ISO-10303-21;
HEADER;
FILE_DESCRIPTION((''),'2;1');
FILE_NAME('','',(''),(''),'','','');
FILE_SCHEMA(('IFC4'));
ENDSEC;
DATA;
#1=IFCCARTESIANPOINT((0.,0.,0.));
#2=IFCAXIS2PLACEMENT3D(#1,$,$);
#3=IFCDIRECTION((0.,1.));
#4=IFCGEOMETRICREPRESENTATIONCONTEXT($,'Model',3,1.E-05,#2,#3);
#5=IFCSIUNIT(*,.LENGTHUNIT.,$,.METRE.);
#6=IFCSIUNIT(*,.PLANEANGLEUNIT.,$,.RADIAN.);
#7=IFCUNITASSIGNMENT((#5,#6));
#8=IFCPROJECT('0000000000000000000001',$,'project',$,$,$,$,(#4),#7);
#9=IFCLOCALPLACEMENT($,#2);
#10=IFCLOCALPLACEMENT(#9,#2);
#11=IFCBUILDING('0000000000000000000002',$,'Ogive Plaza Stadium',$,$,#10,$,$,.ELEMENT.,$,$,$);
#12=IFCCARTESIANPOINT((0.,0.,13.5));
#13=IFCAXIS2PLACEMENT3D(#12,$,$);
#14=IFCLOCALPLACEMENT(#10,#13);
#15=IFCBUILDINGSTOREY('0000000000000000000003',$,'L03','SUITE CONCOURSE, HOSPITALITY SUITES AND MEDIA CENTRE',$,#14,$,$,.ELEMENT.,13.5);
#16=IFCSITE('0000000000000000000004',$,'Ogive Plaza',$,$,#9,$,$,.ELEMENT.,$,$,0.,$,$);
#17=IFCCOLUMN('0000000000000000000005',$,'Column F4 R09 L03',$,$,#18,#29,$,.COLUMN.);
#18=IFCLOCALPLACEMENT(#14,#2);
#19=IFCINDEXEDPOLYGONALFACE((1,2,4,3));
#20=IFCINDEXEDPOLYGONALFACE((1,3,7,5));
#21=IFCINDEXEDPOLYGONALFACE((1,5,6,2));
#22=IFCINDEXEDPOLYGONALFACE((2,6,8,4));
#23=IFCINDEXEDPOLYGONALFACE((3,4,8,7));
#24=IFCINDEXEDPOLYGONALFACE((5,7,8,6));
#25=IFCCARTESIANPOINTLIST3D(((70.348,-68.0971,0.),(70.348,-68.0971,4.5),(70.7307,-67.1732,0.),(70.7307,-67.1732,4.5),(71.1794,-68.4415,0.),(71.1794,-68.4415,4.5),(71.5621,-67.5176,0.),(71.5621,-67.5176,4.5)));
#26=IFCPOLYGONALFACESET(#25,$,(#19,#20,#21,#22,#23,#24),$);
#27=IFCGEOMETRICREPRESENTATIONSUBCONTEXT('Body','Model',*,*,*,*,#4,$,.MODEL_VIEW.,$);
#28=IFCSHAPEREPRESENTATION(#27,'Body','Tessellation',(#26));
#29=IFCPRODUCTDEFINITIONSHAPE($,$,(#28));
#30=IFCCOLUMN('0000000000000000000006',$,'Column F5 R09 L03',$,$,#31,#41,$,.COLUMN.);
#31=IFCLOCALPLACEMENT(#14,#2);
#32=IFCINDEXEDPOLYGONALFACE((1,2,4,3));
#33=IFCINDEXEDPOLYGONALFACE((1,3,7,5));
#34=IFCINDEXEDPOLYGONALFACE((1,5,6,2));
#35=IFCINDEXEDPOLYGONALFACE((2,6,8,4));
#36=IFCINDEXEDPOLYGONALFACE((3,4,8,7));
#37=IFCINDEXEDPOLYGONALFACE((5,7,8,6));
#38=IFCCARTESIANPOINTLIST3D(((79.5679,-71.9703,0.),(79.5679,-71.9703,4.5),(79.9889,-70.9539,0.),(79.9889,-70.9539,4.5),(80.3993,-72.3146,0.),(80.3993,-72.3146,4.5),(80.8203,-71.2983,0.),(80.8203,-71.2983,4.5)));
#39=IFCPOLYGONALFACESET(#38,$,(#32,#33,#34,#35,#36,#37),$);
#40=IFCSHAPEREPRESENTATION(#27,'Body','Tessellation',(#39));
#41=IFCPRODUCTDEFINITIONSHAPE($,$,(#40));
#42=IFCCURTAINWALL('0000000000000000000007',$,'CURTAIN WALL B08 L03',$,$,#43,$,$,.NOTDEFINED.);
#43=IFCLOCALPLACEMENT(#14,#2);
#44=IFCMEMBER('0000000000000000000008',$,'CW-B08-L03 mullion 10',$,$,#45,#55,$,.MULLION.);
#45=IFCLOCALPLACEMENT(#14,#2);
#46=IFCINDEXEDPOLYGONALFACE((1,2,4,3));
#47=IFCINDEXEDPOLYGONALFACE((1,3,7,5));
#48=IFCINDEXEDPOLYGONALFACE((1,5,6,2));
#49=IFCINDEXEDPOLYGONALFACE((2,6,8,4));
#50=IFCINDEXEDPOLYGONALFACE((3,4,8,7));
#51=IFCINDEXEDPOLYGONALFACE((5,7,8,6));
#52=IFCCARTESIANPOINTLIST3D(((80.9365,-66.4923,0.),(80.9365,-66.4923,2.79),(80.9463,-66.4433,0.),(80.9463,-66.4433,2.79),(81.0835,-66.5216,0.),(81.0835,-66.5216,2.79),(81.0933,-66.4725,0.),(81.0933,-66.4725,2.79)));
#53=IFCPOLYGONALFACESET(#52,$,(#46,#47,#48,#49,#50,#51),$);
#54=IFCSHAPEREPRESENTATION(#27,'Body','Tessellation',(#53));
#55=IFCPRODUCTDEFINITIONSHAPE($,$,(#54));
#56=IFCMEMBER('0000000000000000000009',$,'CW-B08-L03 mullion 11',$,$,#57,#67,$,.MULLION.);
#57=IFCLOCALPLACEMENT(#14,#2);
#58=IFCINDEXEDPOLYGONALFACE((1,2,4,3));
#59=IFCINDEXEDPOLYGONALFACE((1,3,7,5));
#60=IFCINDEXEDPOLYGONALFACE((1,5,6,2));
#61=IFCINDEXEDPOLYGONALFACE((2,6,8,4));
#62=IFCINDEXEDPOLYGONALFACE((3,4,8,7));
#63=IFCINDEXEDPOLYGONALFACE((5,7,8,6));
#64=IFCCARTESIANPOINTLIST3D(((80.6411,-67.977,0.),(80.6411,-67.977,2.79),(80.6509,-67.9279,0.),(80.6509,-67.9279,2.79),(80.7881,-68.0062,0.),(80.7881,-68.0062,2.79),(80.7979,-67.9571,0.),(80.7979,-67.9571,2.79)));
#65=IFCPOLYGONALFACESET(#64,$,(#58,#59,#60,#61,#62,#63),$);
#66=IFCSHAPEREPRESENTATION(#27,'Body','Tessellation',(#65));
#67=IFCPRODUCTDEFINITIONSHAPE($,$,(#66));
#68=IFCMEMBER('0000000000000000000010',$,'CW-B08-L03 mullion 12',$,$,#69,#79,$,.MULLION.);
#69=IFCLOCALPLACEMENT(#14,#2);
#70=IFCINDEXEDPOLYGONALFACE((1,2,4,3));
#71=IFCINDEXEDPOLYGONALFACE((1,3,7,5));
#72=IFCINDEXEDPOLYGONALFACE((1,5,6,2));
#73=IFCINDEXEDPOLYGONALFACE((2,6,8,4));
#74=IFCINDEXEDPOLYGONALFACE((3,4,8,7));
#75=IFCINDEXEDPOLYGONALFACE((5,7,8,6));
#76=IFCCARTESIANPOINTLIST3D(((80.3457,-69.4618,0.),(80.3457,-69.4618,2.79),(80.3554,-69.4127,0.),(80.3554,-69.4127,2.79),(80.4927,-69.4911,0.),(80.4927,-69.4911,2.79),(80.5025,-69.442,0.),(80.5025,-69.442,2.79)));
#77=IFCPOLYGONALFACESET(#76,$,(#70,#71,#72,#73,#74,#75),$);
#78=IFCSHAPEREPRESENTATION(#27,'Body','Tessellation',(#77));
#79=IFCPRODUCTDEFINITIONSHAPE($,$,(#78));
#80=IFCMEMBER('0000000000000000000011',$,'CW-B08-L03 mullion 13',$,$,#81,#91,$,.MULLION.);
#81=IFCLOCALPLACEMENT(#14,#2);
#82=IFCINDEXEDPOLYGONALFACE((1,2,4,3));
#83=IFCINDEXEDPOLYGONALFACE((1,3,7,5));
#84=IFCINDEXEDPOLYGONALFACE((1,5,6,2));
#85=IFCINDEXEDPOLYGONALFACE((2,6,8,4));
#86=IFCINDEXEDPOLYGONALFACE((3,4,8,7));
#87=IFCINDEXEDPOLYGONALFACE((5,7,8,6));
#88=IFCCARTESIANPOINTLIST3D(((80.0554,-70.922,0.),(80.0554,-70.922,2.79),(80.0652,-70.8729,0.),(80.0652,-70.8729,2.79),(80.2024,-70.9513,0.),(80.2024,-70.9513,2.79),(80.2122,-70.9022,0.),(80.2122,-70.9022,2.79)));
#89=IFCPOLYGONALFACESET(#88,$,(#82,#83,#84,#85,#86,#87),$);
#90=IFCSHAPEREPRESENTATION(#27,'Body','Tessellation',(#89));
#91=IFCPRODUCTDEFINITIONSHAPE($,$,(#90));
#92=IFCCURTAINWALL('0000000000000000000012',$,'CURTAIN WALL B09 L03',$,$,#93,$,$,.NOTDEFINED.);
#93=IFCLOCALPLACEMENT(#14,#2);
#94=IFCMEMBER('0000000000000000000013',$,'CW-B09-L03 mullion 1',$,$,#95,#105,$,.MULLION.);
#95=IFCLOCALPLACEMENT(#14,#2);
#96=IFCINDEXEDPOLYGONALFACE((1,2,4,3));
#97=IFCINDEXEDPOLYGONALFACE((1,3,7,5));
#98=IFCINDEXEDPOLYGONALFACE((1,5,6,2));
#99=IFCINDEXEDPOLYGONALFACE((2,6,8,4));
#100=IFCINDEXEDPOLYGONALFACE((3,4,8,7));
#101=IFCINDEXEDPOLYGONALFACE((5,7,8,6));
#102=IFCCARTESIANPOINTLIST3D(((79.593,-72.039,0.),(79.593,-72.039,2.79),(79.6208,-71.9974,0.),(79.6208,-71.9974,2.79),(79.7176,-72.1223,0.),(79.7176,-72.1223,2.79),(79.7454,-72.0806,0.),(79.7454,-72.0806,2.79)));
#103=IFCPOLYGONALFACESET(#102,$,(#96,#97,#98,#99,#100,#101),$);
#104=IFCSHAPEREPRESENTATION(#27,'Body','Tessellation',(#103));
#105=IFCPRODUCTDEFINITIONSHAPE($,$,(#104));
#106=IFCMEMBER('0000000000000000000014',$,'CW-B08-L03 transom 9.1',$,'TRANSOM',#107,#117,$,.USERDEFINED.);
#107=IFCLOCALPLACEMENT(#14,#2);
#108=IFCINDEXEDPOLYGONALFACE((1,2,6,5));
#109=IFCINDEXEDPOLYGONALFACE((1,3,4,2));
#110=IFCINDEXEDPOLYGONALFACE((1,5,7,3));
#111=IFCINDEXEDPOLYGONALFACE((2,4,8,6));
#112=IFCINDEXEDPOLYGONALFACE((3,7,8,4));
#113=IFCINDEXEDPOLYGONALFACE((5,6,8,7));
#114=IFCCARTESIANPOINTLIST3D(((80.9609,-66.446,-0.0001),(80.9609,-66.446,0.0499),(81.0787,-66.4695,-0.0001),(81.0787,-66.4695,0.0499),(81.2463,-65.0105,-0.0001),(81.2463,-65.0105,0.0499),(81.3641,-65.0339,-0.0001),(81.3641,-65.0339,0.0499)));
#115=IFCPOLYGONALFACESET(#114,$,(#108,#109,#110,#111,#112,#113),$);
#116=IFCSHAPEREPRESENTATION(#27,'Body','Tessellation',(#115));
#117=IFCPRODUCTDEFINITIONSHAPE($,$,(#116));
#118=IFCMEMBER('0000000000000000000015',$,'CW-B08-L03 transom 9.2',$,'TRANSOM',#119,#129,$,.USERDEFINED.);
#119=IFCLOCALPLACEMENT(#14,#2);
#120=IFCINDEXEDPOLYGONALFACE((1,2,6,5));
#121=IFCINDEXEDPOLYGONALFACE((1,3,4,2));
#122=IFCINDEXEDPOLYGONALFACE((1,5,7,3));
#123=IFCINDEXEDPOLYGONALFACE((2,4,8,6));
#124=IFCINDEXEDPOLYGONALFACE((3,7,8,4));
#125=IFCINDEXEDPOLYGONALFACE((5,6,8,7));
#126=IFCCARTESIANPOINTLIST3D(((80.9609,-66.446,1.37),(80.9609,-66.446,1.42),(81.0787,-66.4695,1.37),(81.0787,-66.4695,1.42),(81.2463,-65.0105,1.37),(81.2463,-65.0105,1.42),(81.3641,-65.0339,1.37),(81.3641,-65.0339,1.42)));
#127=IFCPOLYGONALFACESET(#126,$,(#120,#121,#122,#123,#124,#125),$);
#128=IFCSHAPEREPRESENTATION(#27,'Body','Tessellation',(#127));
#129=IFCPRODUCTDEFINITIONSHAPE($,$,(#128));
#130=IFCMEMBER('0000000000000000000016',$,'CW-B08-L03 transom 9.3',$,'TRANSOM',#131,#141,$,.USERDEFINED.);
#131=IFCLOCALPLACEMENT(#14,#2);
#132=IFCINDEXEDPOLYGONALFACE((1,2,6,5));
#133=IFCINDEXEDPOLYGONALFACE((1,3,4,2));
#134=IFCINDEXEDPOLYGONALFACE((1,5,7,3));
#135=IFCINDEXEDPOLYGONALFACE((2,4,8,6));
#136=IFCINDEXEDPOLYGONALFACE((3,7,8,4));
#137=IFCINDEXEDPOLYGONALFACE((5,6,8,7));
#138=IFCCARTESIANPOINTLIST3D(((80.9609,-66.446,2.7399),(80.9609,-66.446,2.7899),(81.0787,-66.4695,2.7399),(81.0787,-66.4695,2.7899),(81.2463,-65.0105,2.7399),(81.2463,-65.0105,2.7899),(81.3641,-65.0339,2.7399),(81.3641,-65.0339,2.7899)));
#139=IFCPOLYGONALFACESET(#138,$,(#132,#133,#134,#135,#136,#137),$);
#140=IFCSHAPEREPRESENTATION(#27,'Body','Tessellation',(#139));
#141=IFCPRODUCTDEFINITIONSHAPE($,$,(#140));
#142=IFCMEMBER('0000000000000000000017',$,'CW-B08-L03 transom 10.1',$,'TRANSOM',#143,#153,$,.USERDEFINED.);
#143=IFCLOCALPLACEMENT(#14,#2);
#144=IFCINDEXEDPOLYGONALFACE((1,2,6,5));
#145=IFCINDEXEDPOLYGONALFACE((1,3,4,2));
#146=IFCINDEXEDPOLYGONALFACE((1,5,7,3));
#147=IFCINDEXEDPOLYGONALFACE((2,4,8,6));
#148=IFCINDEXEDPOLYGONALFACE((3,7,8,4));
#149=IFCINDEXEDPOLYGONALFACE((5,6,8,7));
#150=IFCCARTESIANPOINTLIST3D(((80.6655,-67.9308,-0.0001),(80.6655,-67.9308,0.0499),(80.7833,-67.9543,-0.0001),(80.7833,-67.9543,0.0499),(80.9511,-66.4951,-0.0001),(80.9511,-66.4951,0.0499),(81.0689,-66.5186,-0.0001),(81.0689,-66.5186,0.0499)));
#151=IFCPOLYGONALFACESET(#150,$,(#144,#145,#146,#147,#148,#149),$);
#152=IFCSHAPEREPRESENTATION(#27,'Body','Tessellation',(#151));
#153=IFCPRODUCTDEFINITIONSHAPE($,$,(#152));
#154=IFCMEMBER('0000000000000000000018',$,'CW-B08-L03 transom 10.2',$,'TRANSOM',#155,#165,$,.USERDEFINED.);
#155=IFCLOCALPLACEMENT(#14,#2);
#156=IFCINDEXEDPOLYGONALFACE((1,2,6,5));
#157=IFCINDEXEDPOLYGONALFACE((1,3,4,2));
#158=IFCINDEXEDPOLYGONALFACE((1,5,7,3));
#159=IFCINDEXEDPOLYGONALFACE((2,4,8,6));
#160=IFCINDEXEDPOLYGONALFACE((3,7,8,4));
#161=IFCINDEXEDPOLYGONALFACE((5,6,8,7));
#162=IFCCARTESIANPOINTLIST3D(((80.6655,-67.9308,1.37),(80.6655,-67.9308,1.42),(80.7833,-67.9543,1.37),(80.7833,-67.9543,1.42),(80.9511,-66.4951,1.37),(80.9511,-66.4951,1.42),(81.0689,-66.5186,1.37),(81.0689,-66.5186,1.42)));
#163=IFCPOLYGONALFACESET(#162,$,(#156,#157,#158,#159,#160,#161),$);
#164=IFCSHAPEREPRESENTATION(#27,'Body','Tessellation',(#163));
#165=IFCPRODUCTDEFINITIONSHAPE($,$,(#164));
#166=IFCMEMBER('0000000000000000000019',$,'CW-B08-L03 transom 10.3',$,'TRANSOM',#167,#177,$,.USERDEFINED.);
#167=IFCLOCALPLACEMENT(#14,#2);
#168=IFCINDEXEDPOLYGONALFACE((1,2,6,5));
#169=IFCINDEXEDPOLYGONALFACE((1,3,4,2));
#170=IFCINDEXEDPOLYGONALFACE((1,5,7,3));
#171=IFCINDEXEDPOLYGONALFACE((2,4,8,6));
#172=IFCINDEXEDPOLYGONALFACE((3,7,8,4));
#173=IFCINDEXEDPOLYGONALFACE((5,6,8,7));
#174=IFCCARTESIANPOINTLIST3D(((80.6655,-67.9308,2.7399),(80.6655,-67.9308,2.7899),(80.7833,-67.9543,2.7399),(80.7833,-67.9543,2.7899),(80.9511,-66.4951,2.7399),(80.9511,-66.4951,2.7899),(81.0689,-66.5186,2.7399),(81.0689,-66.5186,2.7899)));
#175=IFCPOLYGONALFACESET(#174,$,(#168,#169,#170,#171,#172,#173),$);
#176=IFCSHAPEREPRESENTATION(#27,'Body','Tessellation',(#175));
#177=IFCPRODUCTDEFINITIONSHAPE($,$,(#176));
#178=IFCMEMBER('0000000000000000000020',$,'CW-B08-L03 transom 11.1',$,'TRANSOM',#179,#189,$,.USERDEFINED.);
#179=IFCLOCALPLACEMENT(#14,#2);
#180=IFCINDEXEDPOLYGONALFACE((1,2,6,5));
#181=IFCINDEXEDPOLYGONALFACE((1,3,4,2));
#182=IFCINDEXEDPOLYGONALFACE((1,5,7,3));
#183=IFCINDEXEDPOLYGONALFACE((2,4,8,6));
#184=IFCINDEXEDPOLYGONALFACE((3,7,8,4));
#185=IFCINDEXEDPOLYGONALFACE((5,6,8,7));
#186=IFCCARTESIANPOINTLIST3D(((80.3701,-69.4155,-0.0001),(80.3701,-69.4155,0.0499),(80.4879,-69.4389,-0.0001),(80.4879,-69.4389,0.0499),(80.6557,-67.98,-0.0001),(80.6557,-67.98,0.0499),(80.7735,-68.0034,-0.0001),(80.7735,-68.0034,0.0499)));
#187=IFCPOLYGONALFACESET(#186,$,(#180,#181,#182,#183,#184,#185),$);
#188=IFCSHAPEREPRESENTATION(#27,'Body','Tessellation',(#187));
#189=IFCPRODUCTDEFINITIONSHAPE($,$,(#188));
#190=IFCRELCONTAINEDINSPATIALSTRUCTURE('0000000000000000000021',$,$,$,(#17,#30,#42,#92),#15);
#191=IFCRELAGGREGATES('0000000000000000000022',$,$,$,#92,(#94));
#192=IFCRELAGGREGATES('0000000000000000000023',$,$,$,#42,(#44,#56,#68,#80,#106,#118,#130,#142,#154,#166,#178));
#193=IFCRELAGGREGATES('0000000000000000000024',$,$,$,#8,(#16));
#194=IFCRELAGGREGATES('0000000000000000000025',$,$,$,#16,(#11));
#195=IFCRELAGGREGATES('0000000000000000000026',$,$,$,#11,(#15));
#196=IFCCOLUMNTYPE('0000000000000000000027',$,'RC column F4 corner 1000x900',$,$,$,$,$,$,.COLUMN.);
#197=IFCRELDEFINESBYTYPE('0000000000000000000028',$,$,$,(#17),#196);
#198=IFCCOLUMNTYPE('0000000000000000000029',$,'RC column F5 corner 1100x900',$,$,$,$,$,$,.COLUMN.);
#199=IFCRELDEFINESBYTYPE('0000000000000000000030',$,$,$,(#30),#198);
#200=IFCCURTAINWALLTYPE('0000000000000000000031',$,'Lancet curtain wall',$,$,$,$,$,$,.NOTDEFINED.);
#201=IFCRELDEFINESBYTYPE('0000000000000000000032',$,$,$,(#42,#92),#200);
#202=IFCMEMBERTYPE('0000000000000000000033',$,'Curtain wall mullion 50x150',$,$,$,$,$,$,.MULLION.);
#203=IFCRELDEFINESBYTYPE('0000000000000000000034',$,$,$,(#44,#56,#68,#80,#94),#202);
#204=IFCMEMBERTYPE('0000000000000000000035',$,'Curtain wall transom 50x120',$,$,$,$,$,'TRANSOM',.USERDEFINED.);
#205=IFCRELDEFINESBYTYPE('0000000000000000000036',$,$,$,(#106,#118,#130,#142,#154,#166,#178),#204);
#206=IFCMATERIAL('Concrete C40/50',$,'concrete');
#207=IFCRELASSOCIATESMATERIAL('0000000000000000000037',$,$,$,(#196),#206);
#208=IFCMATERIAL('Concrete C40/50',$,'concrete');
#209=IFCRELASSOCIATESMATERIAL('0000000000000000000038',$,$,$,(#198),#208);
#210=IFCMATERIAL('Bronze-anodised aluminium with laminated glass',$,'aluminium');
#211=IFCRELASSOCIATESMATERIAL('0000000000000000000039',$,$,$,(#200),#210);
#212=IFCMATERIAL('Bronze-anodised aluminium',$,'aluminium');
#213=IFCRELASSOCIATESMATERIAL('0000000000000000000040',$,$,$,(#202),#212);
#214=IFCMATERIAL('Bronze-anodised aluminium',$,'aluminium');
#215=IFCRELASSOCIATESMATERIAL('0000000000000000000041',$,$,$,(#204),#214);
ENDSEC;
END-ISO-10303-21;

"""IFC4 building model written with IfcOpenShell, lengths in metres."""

from ifc_helpers import new_model, si_unit, direction, frame, origin, origin_2d, place, context, subcontext, project, spatial, rectangle, extrude, material, material_profile, profile_set, type_object, element, aggregate, save


model = new_model("IFC4")

# Units and contexts
model_context = context("Model", 3, precision=1e-05, world=origin(), true_north=direction((0.0, 1.0)))
body_context = subcontext(model_context, "Body", "Model", "MODEL_VIEW")
ifc_project = project(units=[si_unit("LENGTHUNIT", "METRE"), si_unit("PLANEANGLEUNIT", "RADIAN")], contexts=[model_context])

# Site, building, storey
site_placement = place(None, origin())
site = spatial("IfcSite", under=ifc_project, at=site_placement, Name="Ogive Plaza", CompositionType="ELEMENT", RefElevation=0.0)
building_placement = place(site_placement, origin())
building = spatial("IfcBuilding", under=site, at=building_placement, Name="Ogive Plaza Stadium", CompositionType="ELEMENT")
storey_placement = place(building_placement, frame((0.0, 0.0, 13.5)))
storey = spatial("IfcBuildingStorey", under=building, at=storey_placement, Name="L03", Description="SUITE CONCOURSE, HOSPITALITY SUITES AND MEDIA CENTRE", CompositionType="ELEMENT", Elevation=13.5)

# Columns
ifc_material_1 = material(Name="Concrete C40/50", Category="concrete")
ifc_material_profile_1 = material_profile(ifc_material_1, rectangle(XDim=1.0, YDim=0.8999, at=origin_2d()), Name="RC 1000x900")
ifc_profile_set_1 = profile_set([ifc_material_profile_1], Name="Concrete C40/50")
column_type_1 = type_object("IfcColumnType", Name="RC column F4 corner 1000x900", PredefinedType="COLUMN", material=ifc_profile_set_1)
column_1_placement = place(storey_placement, frame((70.9551, -67.8074, 0.0), z_axis=(0.0, 0.0, 1.0), x_axis=(0.382683, 0.92388, 0.0)))
element("IfcColumn", 1, at=column_1_placement, inside=storey, type_object=column_type_1, Name="Column F4 R09 L03", PredefinedType="COLUMN", context=body_context, shape_type="SweptSolid", body=[
    extrude(rectangle(XDim=1.0, YDim=0.8999, at=origin_2d()), origin(), (0.0, 0.0, 1.0), 4.5),
])
ifc_material_2 = material(Name="Concrete C40/50", Category="concrete")
ifc_material_profile_2 = material_profile(ifc_material_2, rectangle(XDim=1.1001, YDim=0.8999, at=origin_2d()), Name="RC 1100x900")
ifc_profile_set_2 = profile_set([ifc_material_profile_2], Name="Concrete C40/50")
column_type_2 = type_object("IfcColumnType", Name="RC column F5 corner 1100x900", PredefinedType="COLUMN", material=ifc_profile_set_2)
column_2_placement = place(storey_placement, frame((80.1941, -71.6343, 0.0), z_axis=(0.0, 0.0, 1.0), x_axis=(0.382683, 0.92388, 0.0)))
element("IfcColumn", 2, at=column_2_placement, inside=storey, type_object=column_type_2, Name="Column F5 R09 L03", PredefinedType="COLUMN", context=body_context, shape_type="SweptSolid", body=[
    extrude(rectangle(XDim=1.1001, YDim=0.8999, at=origin_2d()), origin(), (0.0, 0.0, 1.0), 4.5),
])

# Curtain wall, members
ifc_material_3 = material(Name="Bronze-anodised aluminium with laminated glass", Category="aluminium")
curtain_wall_type = type_object("IfcCurtainWallType", Name="Lancet curtain wall", PredefinedType="NOTDEFINED", material=ifc_material_3)
curtain_wall_1_placement = place(storey_placement, origin())
curtain_wall_1 = element("IfcCurtainWall", 3, at=curtain_wall_1_placement, inside=storey, type_object=curtain_wall_type, Name="CURTAIN WALL B08 L03", PredefinedType="NOTDEFINED")
ifc_material_4 = material(Name="Bronze-anodised aluminium", Category="aluminium")
ifc_material_profile_3 = material_profile(ifc_material_4, rectangle(XDim=0.1499, YDim=0.05, at=origin_2d()), Name="AL 150x50")
ifc_profile_set_3 = profile_set([ifc_material_profile_3], Name="Bronze-anodised aluminium")
member_type_1 = type_object("IfcMemberType", Name="Curtain wall mullion 50x150", PredefinedType="MULLION", material=ifc_profile_set_3)
member_1_placement = place(storey_placement, frame((81.0149, -66.4824, 0.0), z_axis=(0.0, 0.0, 1.0), x_axis=(0.980785, -0.19509, 0.0)))
member_1 = element("IfcMember", 4, at=member_1_placement, type_object=member_type_1, Name="CW-B08-L03 mullion 10", PredefinedType="MULLION", context=body_context, shape_type="SweptSolid", body=[
    extrude(rectangle(XDim=0.1499, YDim=0.05, at=origin_2d()), origin(), (0.0, 0.0, 1.0), 2.79),
])
member_2_placement = place(storey_placement, frame((80.7195, -67.967, 0.0), z_axis=(0.0, 0.0, 1.0), x_axis=(0.980785, -0.19509, 0.0)))
member_2 = element("IfcMember", 5, at=member_2_placement, type_object=member_type_1, Name="CW-B08-L03 mullion 11", PredefinedType="MULLION", context=body_context, shape_type="SweptSolid", body=[
    extrude(rectangle(XDim=0.1499, YDim=0.05, at=origin_2d()), origin(), (0.0, 0.0, 1.0), 2.79),
])
member_3_placement = place(storey_placement, frame((80.4241, -69.4519, 0.0), z_axis=(0.0, 0.0, 1.0), x_axis=(0.980785, -0.19509, 0.0)))
member_3 = element("IfcMember", 6, at=member_3_placement, type_object=member_type_1, Name="CW-B08-L03 mullion 12", PredefinedType="MULLION", context=body_context, shape_type="SweptSolid", body=[
    extrude(rectangle(XDim=0.1499, YDim=0.05, at=origin_2d()), origin(), (0.0, 0.0, 1.0), 2.79),
])
member_4_placement = place(storey_placement, frame((80.1338, -70.9121, 0.0), z_axis=(0.0, 0.0, 1.0), x_axis=(0.980785, -0.19509, 0.0)))
member_4 = element("IfcMember", 7, at=member_4_placement, type_object=member_type_1, Name="CW-B08-L03 mullion 13", PredefinedType="MULLION", context=body_context, shape_type="SweptSolid", body=[
    extrude(rectangle(XDim=0.1499, YDim=0.05, at=origin_2d()), origin(), (0.0, 0.0, 1.0), 2.79),
])

# Curtain wall, member
curtain_wall_2_placement = place(storey_placement, origin())
curtain_wall_2 = element("IfcCurtainWall", 8, at=curtain_wall_2_placement, inside=storey, type_object=curtain_wall_type, Name="CURTAIN WALL B09 L03", PredefinedType="NOTDEFINED")
member_5_placement = place(storey_placement, frame((79.6692, -72.0598, 0.0), z_axis=(0.0, 0.0, 1.0), x_axis=(0.83147, -0.55557, 0.0)))
member_5 = element("IfcMember", 9, at=member_5_placement, type_object=member_type_1, Name="CW-B09-L03 mullion 1", PredefinedType="MULLION", context=body_context, shape_type="SweptSolid", body=[
    extrude(rectangle(XDim=0.1499, YDim=0.05, at=origin_2d()), origin(), (0.0, 0.0, 1.0), 2.79),
])

# Members
ifc_material_5 = material(Name="Bronze-anodised aluminium", Category="aluminium")
ifc_material_profile_4 = material_profile(ifc_material_5, rectangle(XDim=0.1201, YDim=0.05, at=origin_2d()), Name="AL 120x50")
ifc_profile_set_4 = profile_set([ifc_material_profile_4], Name="Bronze-anodised aluminium")
member_type_2 = type_object("IfcMemberType", Name="Curtain wall transom 50x120", ElementType="TRANSOM", PredefinedType="USERDEFINED", material=ifc_profile_set_4)
member_6_placement = place(storey_placement, frame((81.3052, -65.0222, 0.0249), z_axis=(-0.194993, -0.980805, 0.0), x_axis=(0.980805, -0.194993, 0.0)))
member_6 = element("IfcMember", 10, at=member_6_placement, type_object=member_type_2, Name="CW-B08-L03 transom 9.1", ObjectType="TRANSOM", PredefinedType="USERDEFINED", context=body_context, shape_type="SweptSolid", body=[
    extrude(rectangle(XDim=0.1201, YDim=0.05, at=origin_2d()), origin(), (0.0, 0.0, 1.0), 1.4636),
])
member_7_placement = place(storey_placement, frame((81.3052, -65.0222, 1.395), z_axis=(-0.194993, -0.980805, 0.0), x_axis=(0.980805, -0.194993, 0.0)))
member_7 = element("IfcMember", 11, at=member_7_placement, type_object=member_type_2, Name="CW-B08-L03 transom 9.2", ObjectType="TRANSOM", PredefinedType="USERDEFINED", context=body_context, shape_type="SweptSolid", body=[
    extrude(rectangle(XDim=0.1201, YDim=0.05, at=origin_2d()), origin(), (0.0, 0.0, 1.0), 1.4636),
])
member_8_placement = place(storey_placement, frame((81.3052, -65.0222, 2.7649), z_axis=(-0.194993, -0.980805, 0.0), x_axis=(0.980805, -0.194993, 0.0)))
member_8 = element("IfcMember", 12, at=member_8_placement, type_object=member_type_2, Name="CW-B08-L03 transom 9.3", ObjectType="TRANSOM", PredefinedType="USERDEFINED", context=body_context, shape_type="SweptSolid", body=[
    extrude(rectangle(XDim=0.1201, YDim=0.05, at=origin_2d()), origin(), (0.0, 0.0, 1.0), 1.4636),
])
member_9_placement = place(storey_placement, frame((81.01, -66.5068, 0.0249), z_axis=(-0.195122, -0.980779, 0.0), x_axis=(0.980779, -0.195122, 0.0)))
member_9 = element("IfcMember", 13, at=member_9_placement, type_object=member_type_2, Name="CW-B08-L03 transom 10.1", ObjectType="TRANSOM", PredefinedType="USERDEFINED", context=body_context, shape_type="SweptSolid", body=[
    extrude(rectangle(XDim=0.1201, YDim=0.05, at=origin_2d()), origin(), (0.0, 0.0, 1.0), 1.4639),
])
member_10_placement = place(storey_placement, frame((81.01, -66.5068, 1.395), z_axis=(-0.195122, -0.980779, 0.0), x_axis=(0.980779, -0.195122, 0.0)))
member_10 = element("IfcMember", 14, at=member_10_placement, type_object=member_type_2, Name="CW-B08-L03 transom 10.2", ObjectType="TRANSOM", PredefinedType="USERDEFINED", context=body_context, shape_type="SweptSolid", body=[
    extrude(rectangle(XDim=0.1201, YDim=0.05, at=origin_2d()), origin(), (0.0, 0.0, 1.0), 1.4639),
])
member_11_placement = place(storey_placement, frame((81.01, -66.5068, 2.7649), z_axis=(-0.195122, -0.980779, 0.0), x_axis=(0.980779, -0.195122, 0.0)))
member_11 = element("IfcMember", 15, at=member_11_placement, type_object=member_type_2, Name="CW-B08-L03 transom 10.3", ObjectType="TRANSOM", PredefinedType="USERDEFINED", context=body_context, shape_type="SweptSolid", body=[
    extrude(rectangle(XDim=0.1201, YDim=0.05, at=origin_2d()), origin(), (0.0, 0.0, 1.0), 1.4639),
])
member_12_placement = place(storey_placement, frame((80.7146, -67.9917, 0.0249), z_axis=(-0.195154, -0.980773, 0.0), x_axis=(0.980773, -0.195154, 0.0)))
member_12 = element("IfcMember", 16, at=member_12_placement, type_object=member_type_2, Name="CW-B08-L03 transom 11.1", ObjectType="TRANSOM", PredefinedType="USERDEFINED", context=body_context, shape_type="SweptSolid", body=[
    extrude(rectangle(XDim=0.1201, YDim=0.05, at=origin_2d()), origin(), (0.0, 0.0, 1.0), 1.4636),
])
aggregate(curtain_wall_2, [member_5])

aggregate(curtain_wall_1, [member_1, member_2, member_3, member_4, member_6, member_7, member_8, member_9, member_10, member_11, member_12])

save(model, "model.ifc")
